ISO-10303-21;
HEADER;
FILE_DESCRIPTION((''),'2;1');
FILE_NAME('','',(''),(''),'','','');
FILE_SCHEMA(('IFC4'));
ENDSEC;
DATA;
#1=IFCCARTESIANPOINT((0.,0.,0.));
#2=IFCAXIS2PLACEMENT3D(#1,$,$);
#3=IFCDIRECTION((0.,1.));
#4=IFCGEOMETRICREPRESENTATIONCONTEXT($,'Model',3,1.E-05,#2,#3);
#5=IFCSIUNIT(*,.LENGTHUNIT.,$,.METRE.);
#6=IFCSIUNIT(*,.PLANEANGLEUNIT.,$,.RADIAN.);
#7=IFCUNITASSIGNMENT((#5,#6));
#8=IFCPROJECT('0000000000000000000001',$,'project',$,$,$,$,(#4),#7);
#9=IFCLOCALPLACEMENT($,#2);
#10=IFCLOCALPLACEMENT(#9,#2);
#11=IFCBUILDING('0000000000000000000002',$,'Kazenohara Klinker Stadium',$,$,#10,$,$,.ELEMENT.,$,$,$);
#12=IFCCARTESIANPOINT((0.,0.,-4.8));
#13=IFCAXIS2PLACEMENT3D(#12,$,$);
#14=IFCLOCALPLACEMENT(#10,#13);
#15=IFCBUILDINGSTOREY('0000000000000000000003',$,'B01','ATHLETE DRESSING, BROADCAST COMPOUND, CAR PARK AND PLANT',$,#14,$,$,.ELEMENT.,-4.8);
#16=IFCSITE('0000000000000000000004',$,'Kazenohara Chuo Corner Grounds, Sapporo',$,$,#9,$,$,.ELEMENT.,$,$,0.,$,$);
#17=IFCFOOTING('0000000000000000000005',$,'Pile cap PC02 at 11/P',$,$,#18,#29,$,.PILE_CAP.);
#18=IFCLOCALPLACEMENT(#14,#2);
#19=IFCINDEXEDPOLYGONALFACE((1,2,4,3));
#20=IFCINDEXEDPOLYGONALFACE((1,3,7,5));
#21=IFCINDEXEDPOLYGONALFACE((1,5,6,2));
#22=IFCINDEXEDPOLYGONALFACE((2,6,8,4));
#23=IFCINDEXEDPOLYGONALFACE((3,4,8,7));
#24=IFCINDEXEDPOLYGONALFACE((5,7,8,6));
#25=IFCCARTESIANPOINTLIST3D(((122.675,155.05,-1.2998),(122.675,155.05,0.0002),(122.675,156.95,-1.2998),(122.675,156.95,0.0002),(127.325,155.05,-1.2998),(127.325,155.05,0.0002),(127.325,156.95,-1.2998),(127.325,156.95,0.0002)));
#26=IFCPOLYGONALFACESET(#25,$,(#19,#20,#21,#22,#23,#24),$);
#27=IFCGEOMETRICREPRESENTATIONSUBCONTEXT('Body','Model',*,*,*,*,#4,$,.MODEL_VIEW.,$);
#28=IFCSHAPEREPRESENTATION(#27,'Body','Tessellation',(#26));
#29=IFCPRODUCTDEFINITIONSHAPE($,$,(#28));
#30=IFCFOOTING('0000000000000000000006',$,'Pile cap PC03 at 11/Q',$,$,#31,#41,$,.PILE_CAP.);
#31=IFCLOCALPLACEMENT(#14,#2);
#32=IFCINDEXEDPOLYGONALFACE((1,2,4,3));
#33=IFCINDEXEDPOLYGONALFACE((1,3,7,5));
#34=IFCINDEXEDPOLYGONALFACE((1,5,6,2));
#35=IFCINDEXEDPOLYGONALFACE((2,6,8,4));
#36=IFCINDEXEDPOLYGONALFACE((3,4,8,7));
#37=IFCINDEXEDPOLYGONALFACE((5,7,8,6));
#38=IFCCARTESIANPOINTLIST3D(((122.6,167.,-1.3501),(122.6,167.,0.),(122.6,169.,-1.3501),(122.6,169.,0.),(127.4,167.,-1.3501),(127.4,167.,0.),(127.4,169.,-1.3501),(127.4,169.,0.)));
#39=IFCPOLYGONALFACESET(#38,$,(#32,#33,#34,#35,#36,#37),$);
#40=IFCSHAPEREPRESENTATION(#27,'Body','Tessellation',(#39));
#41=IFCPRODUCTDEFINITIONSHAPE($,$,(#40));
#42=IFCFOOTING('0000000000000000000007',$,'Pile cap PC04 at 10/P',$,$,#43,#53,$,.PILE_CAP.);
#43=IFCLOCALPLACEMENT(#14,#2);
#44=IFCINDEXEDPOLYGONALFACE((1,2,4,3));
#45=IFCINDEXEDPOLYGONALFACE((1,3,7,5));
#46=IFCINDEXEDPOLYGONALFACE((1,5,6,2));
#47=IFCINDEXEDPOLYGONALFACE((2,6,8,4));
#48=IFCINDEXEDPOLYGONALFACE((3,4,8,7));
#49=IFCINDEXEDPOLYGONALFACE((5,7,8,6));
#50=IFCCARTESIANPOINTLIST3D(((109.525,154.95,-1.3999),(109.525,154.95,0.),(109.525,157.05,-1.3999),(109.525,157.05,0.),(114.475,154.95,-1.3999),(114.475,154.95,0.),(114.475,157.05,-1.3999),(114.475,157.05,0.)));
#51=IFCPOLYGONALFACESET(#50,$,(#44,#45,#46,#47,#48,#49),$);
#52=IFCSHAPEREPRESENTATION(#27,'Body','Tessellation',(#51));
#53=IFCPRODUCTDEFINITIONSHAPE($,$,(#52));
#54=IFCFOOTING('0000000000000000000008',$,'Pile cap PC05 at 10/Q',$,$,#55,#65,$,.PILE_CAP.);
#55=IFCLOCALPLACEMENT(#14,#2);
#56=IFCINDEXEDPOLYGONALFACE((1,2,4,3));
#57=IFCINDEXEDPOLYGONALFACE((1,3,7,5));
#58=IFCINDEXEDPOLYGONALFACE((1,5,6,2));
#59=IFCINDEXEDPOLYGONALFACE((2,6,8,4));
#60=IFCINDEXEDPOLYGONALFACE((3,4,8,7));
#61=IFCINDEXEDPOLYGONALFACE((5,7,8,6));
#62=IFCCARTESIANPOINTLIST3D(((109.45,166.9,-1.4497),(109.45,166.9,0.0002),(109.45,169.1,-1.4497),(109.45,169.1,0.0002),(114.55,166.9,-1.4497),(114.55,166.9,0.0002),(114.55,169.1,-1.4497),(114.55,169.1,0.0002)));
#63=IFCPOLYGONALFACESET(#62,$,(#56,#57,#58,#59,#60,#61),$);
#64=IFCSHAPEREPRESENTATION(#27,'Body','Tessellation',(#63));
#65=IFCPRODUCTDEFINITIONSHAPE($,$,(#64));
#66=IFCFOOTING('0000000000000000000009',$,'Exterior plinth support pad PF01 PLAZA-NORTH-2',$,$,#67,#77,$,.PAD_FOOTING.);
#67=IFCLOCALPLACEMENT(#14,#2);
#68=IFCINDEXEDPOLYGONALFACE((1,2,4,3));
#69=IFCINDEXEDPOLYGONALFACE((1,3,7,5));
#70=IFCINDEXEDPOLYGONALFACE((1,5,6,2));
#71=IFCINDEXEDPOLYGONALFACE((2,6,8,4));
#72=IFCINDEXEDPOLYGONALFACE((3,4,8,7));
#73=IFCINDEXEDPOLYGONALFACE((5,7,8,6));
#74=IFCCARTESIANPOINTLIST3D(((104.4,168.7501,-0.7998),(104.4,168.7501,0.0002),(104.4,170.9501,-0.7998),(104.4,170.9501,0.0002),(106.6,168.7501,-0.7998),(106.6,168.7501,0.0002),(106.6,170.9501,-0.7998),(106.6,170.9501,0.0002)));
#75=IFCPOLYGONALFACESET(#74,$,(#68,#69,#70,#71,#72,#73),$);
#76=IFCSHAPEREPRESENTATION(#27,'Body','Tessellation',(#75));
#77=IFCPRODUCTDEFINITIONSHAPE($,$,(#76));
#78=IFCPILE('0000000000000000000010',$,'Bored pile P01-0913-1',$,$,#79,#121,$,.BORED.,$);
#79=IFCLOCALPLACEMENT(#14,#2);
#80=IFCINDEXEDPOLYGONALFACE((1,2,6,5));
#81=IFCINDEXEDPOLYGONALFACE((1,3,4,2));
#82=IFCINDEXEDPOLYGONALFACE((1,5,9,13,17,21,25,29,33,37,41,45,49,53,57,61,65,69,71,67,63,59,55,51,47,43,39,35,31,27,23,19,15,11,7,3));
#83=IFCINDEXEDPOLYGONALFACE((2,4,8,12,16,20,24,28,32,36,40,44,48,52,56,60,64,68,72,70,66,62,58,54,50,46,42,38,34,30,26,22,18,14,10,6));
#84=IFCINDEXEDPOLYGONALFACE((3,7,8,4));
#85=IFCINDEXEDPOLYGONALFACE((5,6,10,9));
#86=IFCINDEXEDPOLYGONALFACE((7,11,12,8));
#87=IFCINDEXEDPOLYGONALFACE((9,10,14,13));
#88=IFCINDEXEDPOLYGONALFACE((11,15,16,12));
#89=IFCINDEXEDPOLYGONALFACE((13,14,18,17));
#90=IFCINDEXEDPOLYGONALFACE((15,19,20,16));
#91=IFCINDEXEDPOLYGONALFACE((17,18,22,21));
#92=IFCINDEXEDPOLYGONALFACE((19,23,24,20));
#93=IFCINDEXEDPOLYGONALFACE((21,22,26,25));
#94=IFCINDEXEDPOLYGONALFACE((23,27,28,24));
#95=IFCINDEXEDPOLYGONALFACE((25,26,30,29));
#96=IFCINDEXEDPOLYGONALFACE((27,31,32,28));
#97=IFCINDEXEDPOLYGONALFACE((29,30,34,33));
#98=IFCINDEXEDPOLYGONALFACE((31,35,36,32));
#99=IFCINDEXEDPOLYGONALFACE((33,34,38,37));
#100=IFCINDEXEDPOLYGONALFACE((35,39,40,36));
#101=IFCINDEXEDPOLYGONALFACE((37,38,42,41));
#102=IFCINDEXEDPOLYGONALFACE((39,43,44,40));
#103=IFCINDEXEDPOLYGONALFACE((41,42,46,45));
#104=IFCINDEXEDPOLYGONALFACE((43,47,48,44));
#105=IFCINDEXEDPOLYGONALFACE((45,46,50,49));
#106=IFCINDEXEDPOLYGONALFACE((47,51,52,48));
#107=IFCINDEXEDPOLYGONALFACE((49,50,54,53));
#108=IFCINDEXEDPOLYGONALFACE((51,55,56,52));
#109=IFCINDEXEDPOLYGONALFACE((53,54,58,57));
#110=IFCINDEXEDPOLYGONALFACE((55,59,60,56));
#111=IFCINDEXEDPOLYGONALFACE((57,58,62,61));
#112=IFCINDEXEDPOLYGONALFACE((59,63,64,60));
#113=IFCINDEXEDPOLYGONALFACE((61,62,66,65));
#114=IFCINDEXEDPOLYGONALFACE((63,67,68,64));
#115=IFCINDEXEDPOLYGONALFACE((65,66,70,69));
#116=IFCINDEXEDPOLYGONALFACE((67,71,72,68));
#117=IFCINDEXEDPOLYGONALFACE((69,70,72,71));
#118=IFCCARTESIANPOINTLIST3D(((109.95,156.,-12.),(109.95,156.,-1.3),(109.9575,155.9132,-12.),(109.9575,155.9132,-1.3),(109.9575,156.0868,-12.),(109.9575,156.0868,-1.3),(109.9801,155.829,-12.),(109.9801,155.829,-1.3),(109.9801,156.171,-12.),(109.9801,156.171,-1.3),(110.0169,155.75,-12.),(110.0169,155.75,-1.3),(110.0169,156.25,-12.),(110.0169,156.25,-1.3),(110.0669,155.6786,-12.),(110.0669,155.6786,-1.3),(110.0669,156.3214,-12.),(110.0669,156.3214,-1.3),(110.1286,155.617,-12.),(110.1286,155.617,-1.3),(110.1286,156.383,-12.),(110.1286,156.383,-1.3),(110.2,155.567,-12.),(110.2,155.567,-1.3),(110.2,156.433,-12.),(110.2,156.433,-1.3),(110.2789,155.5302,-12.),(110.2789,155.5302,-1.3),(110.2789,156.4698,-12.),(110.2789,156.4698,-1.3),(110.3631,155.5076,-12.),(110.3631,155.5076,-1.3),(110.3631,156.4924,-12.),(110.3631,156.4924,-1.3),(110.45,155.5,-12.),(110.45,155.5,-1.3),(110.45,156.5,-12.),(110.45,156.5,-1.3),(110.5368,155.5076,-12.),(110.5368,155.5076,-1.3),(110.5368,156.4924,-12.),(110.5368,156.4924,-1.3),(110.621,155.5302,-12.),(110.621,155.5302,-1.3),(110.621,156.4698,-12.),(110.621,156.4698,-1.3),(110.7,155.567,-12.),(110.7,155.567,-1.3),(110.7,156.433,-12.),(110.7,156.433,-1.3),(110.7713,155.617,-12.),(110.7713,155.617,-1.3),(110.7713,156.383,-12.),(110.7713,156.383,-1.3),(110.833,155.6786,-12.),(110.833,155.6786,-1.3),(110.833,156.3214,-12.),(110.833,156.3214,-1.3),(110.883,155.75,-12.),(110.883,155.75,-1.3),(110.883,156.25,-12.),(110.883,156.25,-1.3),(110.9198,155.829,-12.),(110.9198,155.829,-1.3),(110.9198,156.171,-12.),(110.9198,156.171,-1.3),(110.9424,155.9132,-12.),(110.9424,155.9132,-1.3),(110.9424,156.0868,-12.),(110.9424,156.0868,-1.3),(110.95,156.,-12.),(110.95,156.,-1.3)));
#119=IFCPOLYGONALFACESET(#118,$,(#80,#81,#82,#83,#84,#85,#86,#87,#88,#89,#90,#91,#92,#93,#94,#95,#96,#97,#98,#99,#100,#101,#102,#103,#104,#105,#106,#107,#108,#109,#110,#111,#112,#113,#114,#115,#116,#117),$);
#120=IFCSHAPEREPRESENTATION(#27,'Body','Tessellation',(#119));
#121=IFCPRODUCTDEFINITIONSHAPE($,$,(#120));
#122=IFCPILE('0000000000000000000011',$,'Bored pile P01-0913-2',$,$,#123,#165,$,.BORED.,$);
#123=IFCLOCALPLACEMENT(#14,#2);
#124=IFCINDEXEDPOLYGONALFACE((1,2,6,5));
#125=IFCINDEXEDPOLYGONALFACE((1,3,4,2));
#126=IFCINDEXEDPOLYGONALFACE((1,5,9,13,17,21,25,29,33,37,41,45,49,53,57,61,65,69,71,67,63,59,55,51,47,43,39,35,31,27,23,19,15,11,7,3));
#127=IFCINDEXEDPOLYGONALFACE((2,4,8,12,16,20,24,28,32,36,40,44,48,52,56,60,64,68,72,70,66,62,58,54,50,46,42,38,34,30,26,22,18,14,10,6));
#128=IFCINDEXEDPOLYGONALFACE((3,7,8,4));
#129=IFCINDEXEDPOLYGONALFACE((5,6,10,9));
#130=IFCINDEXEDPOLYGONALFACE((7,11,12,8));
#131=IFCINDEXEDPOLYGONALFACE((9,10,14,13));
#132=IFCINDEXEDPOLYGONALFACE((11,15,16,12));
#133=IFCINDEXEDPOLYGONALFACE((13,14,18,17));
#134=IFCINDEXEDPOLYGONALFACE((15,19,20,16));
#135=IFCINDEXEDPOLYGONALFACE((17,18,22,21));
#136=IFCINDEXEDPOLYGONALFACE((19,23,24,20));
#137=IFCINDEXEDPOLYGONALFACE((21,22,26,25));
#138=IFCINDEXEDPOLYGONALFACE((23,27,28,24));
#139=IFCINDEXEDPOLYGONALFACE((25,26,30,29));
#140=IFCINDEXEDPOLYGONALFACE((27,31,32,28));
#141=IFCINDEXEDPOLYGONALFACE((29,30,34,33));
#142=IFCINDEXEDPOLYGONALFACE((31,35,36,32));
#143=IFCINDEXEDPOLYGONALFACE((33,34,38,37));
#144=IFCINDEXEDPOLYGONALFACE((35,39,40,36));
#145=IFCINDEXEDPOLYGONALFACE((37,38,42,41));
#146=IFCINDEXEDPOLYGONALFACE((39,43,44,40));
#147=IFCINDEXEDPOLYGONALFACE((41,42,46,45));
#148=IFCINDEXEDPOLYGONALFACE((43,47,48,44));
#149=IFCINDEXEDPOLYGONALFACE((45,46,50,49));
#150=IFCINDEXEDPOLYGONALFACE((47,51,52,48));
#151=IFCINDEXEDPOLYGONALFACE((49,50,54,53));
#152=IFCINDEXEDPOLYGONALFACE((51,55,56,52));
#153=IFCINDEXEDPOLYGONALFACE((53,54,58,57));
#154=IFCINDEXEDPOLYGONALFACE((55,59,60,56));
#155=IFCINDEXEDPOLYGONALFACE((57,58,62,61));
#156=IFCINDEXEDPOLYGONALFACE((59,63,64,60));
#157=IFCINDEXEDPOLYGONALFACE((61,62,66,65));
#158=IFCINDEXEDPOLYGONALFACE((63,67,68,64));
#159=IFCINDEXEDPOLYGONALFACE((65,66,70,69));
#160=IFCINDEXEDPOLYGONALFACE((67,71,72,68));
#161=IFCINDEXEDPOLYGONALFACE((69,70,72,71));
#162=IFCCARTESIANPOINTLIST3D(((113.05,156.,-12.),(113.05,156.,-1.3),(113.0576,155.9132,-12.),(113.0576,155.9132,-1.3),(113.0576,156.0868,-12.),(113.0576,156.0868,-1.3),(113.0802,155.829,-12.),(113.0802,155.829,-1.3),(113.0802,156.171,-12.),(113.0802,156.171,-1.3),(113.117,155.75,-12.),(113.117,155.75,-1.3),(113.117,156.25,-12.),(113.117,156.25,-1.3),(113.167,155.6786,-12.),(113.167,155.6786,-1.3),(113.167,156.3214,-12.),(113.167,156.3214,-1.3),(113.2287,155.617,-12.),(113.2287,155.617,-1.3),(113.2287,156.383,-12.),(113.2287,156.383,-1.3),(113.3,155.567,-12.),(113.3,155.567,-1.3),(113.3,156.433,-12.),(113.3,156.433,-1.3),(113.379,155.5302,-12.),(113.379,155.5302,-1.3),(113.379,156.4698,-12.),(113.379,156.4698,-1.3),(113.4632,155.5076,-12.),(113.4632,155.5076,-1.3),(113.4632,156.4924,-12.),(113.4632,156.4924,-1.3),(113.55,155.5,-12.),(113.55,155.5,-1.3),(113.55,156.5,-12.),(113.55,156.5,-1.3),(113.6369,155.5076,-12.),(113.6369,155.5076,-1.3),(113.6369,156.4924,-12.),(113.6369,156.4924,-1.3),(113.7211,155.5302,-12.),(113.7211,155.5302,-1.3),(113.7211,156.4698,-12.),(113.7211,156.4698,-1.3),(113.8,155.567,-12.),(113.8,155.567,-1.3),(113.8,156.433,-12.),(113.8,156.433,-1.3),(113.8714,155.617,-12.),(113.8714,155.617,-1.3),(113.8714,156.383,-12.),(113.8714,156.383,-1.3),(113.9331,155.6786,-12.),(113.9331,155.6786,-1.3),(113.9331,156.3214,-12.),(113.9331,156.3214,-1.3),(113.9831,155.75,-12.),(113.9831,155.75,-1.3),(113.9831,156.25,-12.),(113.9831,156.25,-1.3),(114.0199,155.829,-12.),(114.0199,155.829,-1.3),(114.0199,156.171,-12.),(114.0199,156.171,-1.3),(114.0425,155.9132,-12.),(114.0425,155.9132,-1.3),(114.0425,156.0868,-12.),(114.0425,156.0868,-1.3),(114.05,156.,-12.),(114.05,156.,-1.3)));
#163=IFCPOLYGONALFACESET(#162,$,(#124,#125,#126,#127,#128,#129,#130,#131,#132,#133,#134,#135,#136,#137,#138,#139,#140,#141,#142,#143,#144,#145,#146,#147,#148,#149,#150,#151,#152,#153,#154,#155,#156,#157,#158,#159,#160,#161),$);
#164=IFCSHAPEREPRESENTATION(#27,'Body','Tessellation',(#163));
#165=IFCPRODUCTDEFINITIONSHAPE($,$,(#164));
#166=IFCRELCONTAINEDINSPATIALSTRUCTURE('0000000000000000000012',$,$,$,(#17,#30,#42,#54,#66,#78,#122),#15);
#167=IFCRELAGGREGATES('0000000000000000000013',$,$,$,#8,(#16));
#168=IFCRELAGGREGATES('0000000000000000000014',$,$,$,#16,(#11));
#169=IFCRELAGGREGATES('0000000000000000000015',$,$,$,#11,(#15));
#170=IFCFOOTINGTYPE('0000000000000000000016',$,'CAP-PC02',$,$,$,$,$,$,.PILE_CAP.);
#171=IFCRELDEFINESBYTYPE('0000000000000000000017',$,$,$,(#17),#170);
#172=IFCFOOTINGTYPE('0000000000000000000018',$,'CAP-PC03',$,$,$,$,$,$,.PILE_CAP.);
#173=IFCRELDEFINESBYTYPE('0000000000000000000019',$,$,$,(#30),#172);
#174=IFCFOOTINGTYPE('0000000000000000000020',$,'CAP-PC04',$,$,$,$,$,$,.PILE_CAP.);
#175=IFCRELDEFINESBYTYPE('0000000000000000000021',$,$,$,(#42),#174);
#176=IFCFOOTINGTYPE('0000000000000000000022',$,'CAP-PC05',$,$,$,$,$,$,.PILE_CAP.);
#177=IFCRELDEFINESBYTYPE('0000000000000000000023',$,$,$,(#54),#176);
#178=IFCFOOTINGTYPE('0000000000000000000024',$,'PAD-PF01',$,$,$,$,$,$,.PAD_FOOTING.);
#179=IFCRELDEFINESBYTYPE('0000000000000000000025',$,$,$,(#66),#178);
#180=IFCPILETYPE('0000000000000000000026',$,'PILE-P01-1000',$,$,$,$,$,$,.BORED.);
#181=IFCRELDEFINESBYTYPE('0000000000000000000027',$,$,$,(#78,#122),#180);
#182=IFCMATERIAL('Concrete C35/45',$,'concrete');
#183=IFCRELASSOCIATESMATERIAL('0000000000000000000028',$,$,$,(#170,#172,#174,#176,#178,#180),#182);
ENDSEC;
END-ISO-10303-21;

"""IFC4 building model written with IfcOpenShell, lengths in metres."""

from ifc_helpers import new_model, si_unit, direction, frame, origin, origin_2d, place, context, subcontext, project, spatial, rectangle, circle, extrude, material, material_profile, profile_set, type_object, element, save


model = new_model("IFC4")

# Units and contexts
model_context = context("Model", 3, precision=1e-05, world=origin(), true_north=direction((0.0, 1.0)))
body_context = subcontext(model_context, "Body", "Model", "MODEL_VIEW")
ifc_project = project(units=[si_unit("LENGTHUNIT", "METRE"), si_unit("PLANEANGLEUNIT", "RADIAN")], contexts=[model_context])

# Site, building, storey
site_placement = place(None, origin())
site = spatial("IfcSite", under=ifc_project, at=site_placement, Name="Kazenohara Chuo Corner Grounds, Sapporo", CompositionType="ELEMENT", RefElevation=0.0)
building_placement = place(site_placement, origin())
building = spatial("IfcBuilding", under=site, at=building_placement, Name="Kazenohara Klinker Stadium", CompositionType="ELEMENT")
storey_placement = place(building_placement, frame((0.0, 0.0, -4.8)))
storey = spatial("IfcBuildingStorey", under=building, at=storey_placement, Name="B01", Description="ATHLETE DRESSING, BROADCAST COMPOUND, CAR PARK AND PLANT", CompositionType="ELEMENT", Elevation=-4.8)

# Footings
ifc_material_1 = material(Name="Concrete C35/45", Category="concrete")
footing_type_1 = type_object("IfcFootingType", Name="CAP-PC02", PredefinedType="PILE_CAP", material=ifc_material_1)
footing_1_placement = place(storey_placement, frame((125.0, 156.0, -1.2998), z_axis=(0.0, 0.0, 1.0), x_axis=(1.0, 0.0, 0.0)))
element("IfcFooting", 1, at=footing_1_placement, inside=storey, type_object=footing_type_1, Name="Pile cap PC02 at 11/P", PredefinedType="PILE_CAP", context=body_context, shape_type="SweptSolid", body=[
    extrude(rectangle(XDim=4.6499, YDim=1.8999, at=origin_2d()), origin(), (0.0, 0.0, 1.0), 1.3),
])
footing_type_2 = type_object("IfcFootingType", Name="CAP-PC03", PredefinedType="PILE_CAP", material=ifc_material_1)
footing_2_placement = place(storey_placement, frame((125.0, 168.0, -1.3501), z_axis=(0.0, 0.0, 1.0), x_axis=(1.0, 0.0, 0.0)))
element("IfcFooting", 2, at=footing_2_placement, inside=storey, type_object=footing_type_2, Name="Pile cap PC03 at 11/Q", PredefinedType="PILE_CAP", context=body_context, shape_type="SweptSolid", body=[
    extrude(rectangle(XDim=4.8, YDim=2.0, at=origin_2d()), origin(), (0.0, 0.0, 1.0), 1.3501),
])
footing_type_3 = type_object("IfcFootingType", Name="CAP-PC04", PredefinedType="PILE_CAP", material=ifc_material_1)
footing_3_placement = place(storey_placement, frame((112.0, 156.0, -1.3999), z_axis=(0.0, 0.0, 1.0), x_axis=(1.0, 0.0, 0.0)))
element("IfcFooting", 3, at=footing_3_placement, inside=storey, type_object=footing_type_3, Name="Pile cap PC04 at 10/P", PredefinedType="PILE_CAP", context=body_context, shape_type="SweptSolid", body=[
    extrude(rectangle(XDim=4.95, YDim=2.1001, at=origin_2d()), origin(), (0.0, 0.0, 1.0), 1.3999),
])
footing_type_4 = type_object("IfcFootingType", Name="CAP-PC05", PredefinedType="PILE_CAP", material=ifc_material_1)
footing_4_placement = place(storey_placement, frame((112.0, 168.0, -1.4497), z_axis=(0.0, 0.0, 1.0), x_axis=(1.0, 0.0, 0.0)))
element("IfcFooting", 4, at=footing_4_placement, inside=storey, type_object=footing_type_4, Name="Pile cap PC05 at 10/Q", PredefinedType="PILE_CAP", context=body_context, shape_type="SweptSolid", body=[
    extrude(rectangle(XDim=5.1001, YDim=2.2, at=origin_2d()), origin(), (0.0, 0.0, 1.0), 1.45),
])
footing_type_5 = type_object("IfcFootingType", Name="PAD-PF01", PredefinedType="PAD_FOOTING", material=ifc_material_1)
footing_5_placement = place(storey_placement, frame((105.5, 169.8501, -0.7998), z_axis=(0.0, 0.0, 1.0), x_axis=(1.0, 0.0, 0.0)))
element("IfcFooting", 5, at=footing_5_placement, inside=storey, type_object=footing_type_5, Name="Exterior plinth support pad PF01 PLAZA-NORTH-2", PredefinedType="PAD_FOOTING", context=body_context, shape_type="SweptSolid", body=[
    extrude(rectangle(XDim=2.2, YDim=2.2, at=origin_2d()), origin(), (0.0, 0.0, 1.0), 0.8),
])

# Piles
ifc_material_profile_1 = material_profile(ifc_material_1, circle(Radius=0.5, at=origin_2d()), Name="BORED-PILE-1000")
ifc_profile_set_1 = profile_set([ifc_material_profile_1], Name="Concrete C35/45")
pile_type = type_object("IfcPileType", Name="PILE-P01-1000", PredefinedType="BORED", material=ifc_profile_set_1)
for number, where, z_axis, x_axis, name in (
    (6, (110.45, 156.0, -1.3), (0.0, 0.0, -1.0), (1.0, 0.0, 0.0), "Bored pile P01-0913-1"),
    (7, (113.55, 156.0, -1.3), (0.0, 0.0, -1.0), (1.0, 0.0, 0.0), "Bored pile P01-0913-2"),
):
    element("IfcPile", number, at=place(storey_placement, frame(where, z_axis=z_axis, x_axis=x_axis)), inside=storey, type_object=pile_type, Name=name, PredefinedType="BORED", context=body_context, shape_type="SweptSolid", body=[
        extrude(circle(Radius=0.5, at=origin_2d()), origin(), (0.0, 0.0, 1.0), 10.7),
    ])

save(model, "model.ifc")
